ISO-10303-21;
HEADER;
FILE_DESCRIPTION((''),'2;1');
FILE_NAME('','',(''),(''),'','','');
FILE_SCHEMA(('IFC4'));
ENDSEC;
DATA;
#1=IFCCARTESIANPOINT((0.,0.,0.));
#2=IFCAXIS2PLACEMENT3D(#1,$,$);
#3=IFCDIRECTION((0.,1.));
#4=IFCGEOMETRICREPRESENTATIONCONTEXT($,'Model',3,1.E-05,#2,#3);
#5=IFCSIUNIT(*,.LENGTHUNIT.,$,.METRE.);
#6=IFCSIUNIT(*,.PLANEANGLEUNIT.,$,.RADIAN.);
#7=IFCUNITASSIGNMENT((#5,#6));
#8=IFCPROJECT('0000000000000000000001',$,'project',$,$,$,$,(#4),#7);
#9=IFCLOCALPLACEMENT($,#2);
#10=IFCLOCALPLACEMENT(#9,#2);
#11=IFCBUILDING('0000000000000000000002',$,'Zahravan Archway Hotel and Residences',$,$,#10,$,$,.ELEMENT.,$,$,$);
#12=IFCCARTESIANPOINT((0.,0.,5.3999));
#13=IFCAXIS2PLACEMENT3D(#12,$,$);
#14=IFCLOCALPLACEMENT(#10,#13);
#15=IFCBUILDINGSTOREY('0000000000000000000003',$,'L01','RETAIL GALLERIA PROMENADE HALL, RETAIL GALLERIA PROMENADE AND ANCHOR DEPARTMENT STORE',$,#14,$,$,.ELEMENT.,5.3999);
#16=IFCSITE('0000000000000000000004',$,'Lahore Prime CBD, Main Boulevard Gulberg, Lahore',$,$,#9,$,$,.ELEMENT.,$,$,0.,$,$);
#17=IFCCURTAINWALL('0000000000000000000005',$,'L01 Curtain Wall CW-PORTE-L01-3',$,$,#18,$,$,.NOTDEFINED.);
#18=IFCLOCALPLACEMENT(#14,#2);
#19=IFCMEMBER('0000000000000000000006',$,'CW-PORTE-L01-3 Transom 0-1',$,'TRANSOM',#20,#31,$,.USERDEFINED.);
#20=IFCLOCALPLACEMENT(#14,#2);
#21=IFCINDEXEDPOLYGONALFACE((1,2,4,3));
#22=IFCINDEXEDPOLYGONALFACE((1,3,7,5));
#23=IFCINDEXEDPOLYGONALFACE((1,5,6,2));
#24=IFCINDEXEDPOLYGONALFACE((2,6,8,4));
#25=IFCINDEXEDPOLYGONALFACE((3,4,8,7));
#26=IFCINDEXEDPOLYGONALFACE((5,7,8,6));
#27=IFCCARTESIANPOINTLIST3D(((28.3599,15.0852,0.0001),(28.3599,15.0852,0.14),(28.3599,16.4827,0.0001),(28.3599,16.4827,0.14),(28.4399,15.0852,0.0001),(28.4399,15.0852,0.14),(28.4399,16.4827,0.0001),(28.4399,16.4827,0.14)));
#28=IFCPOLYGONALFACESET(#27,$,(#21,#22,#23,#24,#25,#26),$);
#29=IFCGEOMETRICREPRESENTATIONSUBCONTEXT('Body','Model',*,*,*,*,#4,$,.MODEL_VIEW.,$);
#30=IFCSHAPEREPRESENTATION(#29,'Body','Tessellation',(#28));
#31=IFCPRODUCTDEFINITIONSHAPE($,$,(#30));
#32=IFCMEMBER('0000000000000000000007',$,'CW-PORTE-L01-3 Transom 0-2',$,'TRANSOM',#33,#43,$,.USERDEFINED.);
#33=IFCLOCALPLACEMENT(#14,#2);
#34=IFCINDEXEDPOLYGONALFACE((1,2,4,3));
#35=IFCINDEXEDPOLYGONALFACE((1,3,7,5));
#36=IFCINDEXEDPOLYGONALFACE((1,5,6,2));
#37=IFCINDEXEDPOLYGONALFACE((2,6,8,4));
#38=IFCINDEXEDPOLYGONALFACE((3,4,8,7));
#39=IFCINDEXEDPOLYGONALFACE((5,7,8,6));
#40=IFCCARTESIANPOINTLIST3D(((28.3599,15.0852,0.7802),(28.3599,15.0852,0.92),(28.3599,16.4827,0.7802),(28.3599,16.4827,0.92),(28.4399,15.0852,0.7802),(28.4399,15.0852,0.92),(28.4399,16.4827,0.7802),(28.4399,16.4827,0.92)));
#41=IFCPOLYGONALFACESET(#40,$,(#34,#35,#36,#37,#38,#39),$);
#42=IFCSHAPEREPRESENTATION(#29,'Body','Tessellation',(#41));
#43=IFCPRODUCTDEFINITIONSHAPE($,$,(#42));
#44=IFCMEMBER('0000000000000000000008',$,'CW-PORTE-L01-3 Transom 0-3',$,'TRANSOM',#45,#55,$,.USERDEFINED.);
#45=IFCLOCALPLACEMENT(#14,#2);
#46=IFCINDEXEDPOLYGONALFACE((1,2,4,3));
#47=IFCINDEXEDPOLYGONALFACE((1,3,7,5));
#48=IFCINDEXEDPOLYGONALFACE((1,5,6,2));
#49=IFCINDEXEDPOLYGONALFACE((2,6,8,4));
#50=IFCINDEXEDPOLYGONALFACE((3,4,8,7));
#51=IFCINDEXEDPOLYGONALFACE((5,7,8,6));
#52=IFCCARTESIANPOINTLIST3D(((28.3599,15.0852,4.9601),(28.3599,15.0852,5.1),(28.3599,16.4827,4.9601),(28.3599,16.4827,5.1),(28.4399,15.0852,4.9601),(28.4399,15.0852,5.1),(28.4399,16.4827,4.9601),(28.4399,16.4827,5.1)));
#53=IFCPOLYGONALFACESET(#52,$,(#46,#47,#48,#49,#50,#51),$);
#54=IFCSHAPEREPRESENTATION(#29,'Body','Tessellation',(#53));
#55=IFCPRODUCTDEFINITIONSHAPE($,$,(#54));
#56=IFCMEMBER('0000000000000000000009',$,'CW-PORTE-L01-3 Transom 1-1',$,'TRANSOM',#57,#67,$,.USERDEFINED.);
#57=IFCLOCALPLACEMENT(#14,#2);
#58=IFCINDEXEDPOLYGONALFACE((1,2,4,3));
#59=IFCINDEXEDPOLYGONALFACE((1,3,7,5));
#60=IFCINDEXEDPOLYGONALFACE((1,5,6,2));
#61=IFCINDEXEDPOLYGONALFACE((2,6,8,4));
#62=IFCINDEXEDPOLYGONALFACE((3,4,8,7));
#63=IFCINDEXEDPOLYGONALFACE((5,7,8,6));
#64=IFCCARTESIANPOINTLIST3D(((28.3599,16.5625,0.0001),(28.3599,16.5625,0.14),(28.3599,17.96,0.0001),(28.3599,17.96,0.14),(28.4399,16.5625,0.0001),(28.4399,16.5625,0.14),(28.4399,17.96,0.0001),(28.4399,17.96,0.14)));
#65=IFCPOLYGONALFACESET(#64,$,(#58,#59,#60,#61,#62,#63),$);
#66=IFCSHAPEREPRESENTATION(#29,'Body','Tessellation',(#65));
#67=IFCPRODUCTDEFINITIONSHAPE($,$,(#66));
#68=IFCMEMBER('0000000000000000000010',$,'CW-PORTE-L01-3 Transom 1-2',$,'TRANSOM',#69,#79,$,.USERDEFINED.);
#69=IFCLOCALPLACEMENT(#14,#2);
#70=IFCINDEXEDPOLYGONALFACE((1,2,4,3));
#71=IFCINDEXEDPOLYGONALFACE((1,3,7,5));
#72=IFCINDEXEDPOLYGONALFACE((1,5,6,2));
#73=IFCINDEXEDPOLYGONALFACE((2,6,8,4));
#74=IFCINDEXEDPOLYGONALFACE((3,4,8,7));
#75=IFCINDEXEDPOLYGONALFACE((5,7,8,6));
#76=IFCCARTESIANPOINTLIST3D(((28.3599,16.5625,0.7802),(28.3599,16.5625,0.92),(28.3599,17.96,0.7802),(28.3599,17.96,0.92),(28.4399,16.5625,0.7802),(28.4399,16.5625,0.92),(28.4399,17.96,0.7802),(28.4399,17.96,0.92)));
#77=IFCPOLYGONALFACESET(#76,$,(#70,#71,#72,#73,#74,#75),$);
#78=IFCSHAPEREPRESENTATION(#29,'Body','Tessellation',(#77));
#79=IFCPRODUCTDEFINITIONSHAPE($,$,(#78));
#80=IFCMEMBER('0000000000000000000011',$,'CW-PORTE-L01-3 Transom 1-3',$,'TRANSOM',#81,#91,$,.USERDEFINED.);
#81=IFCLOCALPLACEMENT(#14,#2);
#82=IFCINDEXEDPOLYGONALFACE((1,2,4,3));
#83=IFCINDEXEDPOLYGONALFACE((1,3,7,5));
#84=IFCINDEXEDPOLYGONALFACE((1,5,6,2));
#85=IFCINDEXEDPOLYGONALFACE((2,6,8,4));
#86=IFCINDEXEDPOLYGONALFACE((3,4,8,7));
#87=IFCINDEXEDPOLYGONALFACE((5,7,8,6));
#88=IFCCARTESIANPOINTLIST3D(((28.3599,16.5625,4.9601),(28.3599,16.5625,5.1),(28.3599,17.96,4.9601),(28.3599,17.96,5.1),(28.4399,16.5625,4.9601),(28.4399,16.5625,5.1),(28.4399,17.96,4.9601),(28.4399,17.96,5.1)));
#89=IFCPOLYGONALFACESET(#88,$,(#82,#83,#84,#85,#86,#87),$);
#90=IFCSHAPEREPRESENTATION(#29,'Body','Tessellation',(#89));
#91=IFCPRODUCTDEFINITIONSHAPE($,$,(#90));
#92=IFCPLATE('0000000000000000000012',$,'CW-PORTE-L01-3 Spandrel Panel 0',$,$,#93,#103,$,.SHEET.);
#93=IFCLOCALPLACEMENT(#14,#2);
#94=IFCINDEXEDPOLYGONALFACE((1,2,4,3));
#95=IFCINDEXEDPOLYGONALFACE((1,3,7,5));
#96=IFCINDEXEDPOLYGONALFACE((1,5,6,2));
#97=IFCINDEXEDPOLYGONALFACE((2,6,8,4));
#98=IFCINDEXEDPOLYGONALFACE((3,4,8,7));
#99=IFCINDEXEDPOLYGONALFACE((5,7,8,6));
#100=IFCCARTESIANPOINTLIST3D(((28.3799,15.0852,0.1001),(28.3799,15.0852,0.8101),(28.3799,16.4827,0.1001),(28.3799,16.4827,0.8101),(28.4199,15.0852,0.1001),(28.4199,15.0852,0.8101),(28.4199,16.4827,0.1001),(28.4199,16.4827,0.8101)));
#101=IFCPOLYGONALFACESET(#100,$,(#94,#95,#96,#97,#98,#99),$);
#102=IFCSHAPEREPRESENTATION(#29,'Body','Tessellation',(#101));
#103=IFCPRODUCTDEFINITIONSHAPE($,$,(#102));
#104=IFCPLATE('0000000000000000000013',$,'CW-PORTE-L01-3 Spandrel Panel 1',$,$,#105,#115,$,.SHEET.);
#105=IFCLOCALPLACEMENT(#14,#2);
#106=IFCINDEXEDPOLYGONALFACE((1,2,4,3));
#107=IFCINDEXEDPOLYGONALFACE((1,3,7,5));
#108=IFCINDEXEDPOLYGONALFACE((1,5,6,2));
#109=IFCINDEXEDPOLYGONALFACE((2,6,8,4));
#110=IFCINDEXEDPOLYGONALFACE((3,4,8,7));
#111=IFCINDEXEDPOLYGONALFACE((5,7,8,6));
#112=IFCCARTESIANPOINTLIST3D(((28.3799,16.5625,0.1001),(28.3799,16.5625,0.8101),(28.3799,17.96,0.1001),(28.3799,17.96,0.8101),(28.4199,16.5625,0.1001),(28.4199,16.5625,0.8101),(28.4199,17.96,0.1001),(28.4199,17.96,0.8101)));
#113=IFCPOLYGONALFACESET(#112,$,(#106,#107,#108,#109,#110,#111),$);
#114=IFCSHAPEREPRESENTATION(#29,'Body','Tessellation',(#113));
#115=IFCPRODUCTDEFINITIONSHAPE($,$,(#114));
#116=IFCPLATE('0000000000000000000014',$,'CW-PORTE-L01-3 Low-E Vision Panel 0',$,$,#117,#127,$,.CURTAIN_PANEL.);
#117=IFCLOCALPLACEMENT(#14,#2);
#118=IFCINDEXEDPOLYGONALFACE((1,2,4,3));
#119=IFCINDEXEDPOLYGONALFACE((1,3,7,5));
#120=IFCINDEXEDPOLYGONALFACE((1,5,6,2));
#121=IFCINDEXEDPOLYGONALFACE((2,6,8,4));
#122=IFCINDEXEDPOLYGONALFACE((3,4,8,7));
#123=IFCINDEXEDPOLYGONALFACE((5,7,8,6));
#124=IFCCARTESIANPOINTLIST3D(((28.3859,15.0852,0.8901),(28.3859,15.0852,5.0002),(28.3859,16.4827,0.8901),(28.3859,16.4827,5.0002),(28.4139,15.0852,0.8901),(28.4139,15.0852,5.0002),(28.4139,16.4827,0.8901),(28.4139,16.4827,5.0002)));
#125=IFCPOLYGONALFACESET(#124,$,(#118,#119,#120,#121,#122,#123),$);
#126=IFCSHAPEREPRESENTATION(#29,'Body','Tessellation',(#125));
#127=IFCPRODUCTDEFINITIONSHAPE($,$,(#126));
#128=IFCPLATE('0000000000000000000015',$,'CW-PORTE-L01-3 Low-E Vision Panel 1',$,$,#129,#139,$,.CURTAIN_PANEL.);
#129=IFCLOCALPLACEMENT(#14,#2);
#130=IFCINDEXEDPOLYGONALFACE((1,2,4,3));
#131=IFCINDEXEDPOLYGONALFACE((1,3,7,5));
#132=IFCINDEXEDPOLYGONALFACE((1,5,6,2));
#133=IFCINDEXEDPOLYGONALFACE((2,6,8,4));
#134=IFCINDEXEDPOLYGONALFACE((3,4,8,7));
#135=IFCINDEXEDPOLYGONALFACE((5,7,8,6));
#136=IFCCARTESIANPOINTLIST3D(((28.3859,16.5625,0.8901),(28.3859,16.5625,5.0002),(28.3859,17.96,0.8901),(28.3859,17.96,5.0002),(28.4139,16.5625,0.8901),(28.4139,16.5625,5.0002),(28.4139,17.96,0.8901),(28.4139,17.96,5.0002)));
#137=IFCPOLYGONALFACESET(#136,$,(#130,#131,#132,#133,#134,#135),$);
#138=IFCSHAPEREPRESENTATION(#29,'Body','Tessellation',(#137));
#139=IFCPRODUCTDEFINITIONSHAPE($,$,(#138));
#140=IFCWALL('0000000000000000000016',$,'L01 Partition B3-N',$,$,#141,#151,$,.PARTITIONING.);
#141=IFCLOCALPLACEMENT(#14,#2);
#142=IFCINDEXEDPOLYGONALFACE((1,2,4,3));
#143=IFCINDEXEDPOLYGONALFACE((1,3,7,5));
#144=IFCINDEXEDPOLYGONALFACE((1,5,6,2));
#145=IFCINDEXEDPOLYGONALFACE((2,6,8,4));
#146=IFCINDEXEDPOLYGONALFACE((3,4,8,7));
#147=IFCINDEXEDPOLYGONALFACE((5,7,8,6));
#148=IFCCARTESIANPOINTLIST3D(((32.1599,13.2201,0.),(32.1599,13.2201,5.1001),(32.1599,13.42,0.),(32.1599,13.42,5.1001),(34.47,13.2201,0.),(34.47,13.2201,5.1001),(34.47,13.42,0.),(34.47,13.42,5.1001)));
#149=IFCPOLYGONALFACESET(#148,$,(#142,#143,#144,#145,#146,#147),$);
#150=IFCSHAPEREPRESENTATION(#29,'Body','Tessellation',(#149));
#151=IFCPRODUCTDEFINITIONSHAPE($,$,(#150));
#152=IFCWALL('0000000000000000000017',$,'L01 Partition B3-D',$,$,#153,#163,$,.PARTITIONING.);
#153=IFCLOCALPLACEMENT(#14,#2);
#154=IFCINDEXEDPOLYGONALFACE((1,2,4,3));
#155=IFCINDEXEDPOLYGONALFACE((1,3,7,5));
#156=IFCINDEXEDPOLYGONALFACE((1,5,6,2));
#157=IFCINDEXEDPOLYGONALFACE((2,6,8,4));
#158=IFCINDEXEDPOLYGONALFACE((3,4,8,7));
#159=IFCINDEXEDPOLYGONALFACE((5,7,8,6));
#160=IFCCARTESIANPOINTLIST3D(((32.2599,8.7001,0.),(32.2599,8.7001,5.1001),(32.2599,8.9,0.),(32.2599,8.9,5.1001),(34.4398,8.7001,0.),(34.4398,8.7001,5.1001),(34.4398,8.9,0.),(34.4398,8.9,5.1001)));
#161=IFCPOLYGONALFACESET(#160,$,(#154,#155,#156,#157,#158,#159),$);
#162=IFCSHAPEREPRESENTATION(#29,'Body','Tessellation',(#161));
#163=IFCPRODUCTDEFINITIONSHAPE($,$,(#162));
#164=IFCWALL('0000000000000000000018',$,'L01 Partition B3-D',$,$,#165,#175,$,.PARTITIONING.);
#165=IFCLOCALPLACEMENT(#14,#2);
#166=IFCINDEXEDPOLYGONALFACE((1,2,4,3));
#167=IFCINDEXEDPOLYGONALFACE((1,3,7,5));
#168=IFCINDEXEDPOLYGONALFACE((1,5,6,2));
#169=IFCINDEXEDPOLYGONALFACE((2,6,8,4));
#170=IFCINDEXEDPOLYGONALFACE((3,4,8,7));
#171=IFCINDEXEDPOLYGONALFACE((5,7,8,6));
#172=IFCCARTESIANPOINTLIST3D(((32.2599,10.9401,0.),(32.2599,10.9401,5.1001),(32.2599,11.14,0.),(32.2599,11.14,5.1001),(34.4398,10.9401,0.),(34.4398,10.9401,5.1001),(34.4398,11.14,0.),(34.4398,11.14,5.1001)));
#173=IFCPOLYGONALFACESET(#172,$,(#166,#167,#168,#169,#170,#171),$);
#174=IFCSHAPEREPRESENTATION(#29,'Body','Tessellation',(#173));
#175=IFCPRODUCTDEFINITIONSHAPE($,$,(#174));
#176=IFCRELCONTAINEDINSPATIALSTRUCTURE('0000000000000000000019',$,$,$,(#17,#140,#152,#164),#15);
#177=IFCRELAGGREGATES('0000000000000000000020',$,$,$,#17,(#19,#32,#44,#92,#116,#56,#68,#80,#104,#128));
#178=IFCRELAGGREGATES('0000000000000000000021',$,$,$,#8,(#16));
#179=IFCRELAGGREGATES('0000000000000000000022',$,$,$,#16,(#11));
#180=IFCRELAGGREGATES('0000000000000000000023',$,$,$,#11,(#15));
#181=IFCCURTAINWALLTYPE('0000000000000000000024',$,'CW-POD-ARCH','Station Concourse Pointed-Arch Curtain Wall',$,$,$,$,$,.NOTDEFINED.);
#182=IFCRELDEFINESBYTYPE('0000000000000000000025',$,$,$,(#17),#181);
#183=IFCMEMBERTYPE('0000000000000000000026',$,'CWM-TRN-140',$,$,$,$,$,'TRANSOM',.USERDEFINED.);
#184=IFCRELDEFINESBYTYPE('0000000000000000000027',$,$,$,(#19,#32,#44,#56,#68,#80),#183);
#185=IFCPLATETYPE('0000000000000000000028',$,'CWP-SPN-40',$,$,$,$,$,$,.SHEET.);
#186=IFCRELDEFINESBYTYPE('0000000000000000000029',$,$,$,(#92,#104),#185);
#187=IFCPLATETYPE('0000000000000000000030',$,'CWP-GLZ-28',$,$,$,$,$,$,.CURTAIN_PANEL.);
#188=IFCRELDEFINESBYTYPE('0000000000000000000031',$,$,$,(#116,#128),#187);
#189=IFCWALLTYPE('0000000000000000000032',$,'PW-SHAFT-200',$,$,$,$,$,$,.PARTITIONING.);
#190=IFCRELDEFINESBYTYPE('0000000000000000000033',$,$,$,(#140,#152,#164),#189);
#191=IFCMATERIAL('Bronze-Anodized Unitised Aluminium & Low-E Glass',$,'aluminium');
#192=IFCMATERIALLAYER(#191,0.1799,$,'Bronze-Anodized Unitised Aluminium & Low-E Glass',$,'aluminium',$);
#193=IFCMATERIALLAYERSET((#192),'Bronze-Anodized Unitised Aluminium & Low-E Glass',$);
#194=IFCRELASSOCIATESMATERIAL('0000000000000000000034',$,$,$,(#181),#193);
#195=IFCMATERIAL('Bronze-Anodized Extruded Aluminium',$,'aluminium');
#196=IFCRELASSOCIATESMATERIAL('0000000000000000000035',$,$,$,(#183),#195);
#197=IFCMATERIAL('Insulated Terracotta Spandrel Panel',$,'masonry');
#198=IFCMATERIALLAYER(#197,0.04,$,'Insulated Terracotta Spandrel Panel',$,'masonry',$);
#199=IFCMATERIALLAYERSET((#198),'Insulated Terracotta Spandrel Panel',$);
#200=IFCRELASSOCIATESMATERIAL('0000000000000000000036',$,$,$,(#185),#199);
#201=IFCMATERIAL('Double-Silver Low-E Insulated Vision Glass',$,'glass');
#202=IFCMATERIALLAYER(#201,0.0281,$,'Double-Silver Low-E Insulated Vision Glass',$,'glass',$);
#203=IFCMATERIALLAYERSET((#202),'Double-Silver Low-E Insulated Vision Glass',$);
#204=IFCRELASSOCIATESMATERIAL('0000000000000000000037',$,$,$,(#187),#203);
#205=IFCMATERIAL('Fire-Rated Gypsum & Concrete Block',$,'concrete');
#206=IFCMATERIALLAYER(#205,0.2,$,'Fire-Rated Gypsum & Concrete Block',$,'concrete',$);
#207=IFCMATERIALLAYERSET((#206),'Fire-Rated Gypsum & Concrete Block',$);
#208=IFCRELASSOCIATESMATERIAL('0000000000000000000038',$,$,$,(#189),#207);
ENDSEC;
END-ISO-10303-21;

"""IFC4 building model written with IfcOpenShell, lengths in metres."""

from ifc_helpers import new_model, si_unit, direction, frame, frame_2d, origin, origin_2d, place, context, subcontext, project, spatial, rectangle, extrude, source, transform, mapped, material, layer, layer_set, material_profile, profile_set, type_object, element, aggregate, save


model = new_model("IFC4")

# Units and contexts
model_context = context("Model", 3, precision=1e-05, world=origin(), true_north=direction((0.0, 1.0)))
body_context = subcontext(model_context, "Body", "Model", "MODEL_VIEW")
ifc_project = project(units=[si_unit("LENGTHUNIT", "METRE"), si_unit("PLANEANGLEUNIT", "RADIAN")], contexts=[model_context])

# Site, building, storey
site_placement = place(None, origin())
site = spatial("IfcSite", under=ifc_project, at=site_placement, Name="Lahore Prime CBD, Main Boulevard Gulberg, Lahore", CompositionType="ELEMENT", RefElevation=0.0)
building_placement = place(site_placement, origin())
building = spatial("IfcBuilding", under=site, at=building_placement, Name="Zahravan Archway Hotel and Residences", CompositionType="ELEMENT")
storey_placement = place(building_placement, frame((0.0, 0.0, 5.3999)))
storey = spatial("IfcBuildingStorey", under=building, at=storey_placement, Name="L01", Description="RETAIL GALLERIA PROMENADE HALL, RETAIL GALLERIA PROMENADE AND ANCHOR DEPARTMENT STORE", CompositionType="ELEMENT", Elevation=5.3999)

# Curtain wall, members, plates
ifc_material_1 = material(Name="Bronze-Anodized Unitised Aluminium & Low-E Glass", Category="aluminium")
ifc_layer_1 = layer(ifc_material_1, 0.1799, Name="Bronze-Anodized Unitised Aluminium & Low-E Glass", Category="aluminium")
ifc_layer_set_1 = layer_set([ifc_layer_1], Name="Bronze-Anodized Unitised Aluminium & Low-E Glass")
curtain_wall_type = type_object("IfcCurtainWallType", Name="CW-POD-ARCH", Description="Station Concourse Pointed-Arch Curtain Wall", PredefinedType="NOTDEFINED", material=ifc_layer_set_1)
curtain_wall_placement = place(storey_placement, origin())
curtain_wall = element("IfcCurtainWall", 1, at=curtain_wall_placement, inside=storey, type_object=curtain_wall_type, Name="L01 Curtain Wall CW-PORTE-L01-3", PredefinedType="NOTDEFINED")
ifc_material_2 = material(Name="Bronze-Anodized Extruded Aluminium", Category="aluminium")
ifc_material_profile_1 = material_profile(ifc_material_2, rectangle(XDim=0.0801, YDim=0.1399, at=origin_2d()), Name="TRN 80x140", Category="aluminium")
ifc_profile_set_1 = profile_set([ifc_material_profile_1], Name="Bronze-Anodized Extruded Aluminium")
member_type_1 = type_object("IfcMemberType", Name="CWM-TRN-140", ElementType="TRANSOM", PredefinedType="USERDEFINED", material=ifc_profile_set_1)
shared_shape_1 = source(origin(), body_context, "Body", "SweptSolid", [
    extrude(rectangle(XDim=0.0801, YDim=0.1399, at=origin_2d()), origin(), (0.0, 0.0, 1.0), 1.3975),
])
member_1_placement = place(storey_placement, frame((28.3999, 15.0852, 0.0701), z_axis=(0.0, 1.0, 0.0), x_axis=(-1.0, 0.0, 0.0)))
member_1 = element("IfcMember", 2, at=member_1_placement, type_object=member_type_1, Name="CW-PORTE-L01-3 Transom 0-1", ObjectType="TRANSOM", PredefinedType="USERDEFINED", context=body_context, shape_type="MappedRepresentation", body=[
    mapped(shared_shape_1, transform((0.0, 0.0, 0.0), scale=1.0)),
])
member_2_placement = place(storey_placement, frame((28.3999, 15.0852, 0.8501), z_axis=(0.0, 1.0, 0.0), x_axis=(-1.0, 0.0, 0.0)))
member_2 = element("IfcMember", 3, at=member_2_placement, type_object=member_type_1, Name="CW-PORTE-L01-3 Transom 0-2", ObjectType="TRANSOM", PredefinedType="USERDEFINED", context=body_context, shape_type="MappedRepresentation", body=[
    mapped(shared_shape_1, transform((0.0, 0.0, 0.0), scale=1.0)),
])
member_3_placement = place(storey_placement, frame((28.3999, 15.0852, 5.03), z_axis=(0.0, 1.0, 0.0), x_axis=(-1.0, 0.0, 0.0)))
member_3 = element("IfcMember", 4, at=member_3_placement, type_object=member_type_1, Name="CW-PORTE-L01-3 Transom 0-3", ObjectType="TRANSOM", PredefinedType="USERDEFINED", context=body_context, shape_type="MappedRepresentation", body=[
    mapped(shared_shape_1, transform((0.0, 0.0, 0.0), scale=1.0)),
])
member_4_placement = place(storey_placement, frame((28.3999, 16.5625, 0.0701), z_axis=(0.0, 1.0, 0.0), x_axis=(-1.0, 0.0, 0.0)))
member_4 = element("IfcMember", 5, at=member_4_placement, type_object=member_type_1, Name="CW-PORTE-L01-3 Transom 1-1", ObjectType="TRANSOM", PredefinedType="USERDEFINED", context=body_context, shape_type="MappedRepresentation", body=[
    mapped(shared_shape_1, transform((0.0, 0.0, 0.0), scale=1.0)),
])
member_5_placement = place(storey_placement, frame((28.3999, 16.5625, 0.8501), z_axis=(0.0, 1.0, 0.0), x_axis=(-1.0, 0.0, 0.0)))
member_5 = element("IfcMember", 6, at=member_5_placement, type_object=member_type_1, Name="CW-PORTE-L01-3 Transom 1-2", ObjectType="TRANSOM", PredefinedType="USERDEFINED", context=body_context, shape_type="MappedRepresentation", body=[
    mapped(shared_shape_1, transform((0.0, 0.0, 0.0), scale=1.0)),
])
member_6_placement = place(storey_placement, frame((28.3999, 16.5625, 5.03), z_axis=(0.0, 1.0, 0.0), x_axis=(-1.0, 0.0, 0.0)))
member_6 = element("IfcMember", 7, at=member_6_placement, type_object=member_type_1, Name="CW-PORTE-L01-3 Transom 1-3", ObjectType="TRANSOM", PredefinedType="USERDEFINED", context=body_context, shape_type="MappedRepresentation", body=[
    mapped(shared_shape_1, transform((0.0, 0.0, 0.0), scale=1.0)),
])
ifc_material_3 = material(Name="Insulated Terracotta Spandrel Panel", Category="masonry")
ifc_layer_2 = layer(ifc_material_3, 0.04, Name="Insulated Terracotta Spandrel Panel", Category="masonry")
ifc_layer_set_2 = layer_set([ifc_layer_2], Name="Insulated Terracotta Spandrel Panel")
plate_type_1 = type_object("IfcPlateType", Name="CWP-SPN-40", PredefinedType="SHEET", material=ifc_layer_set_2)
shared_shape_2 = source(origin(), body_context, "Body", "SweptSolid", [
    extrude(rectangle(XDim=1.3975, YDim=0.04, at=origin_2d()), origin(), (0.0, 0.0, 1.0), 0.71),
])
plate_1_placement = place(storey_placement, frame((28.3999, 15.7839, 0.1001), z_axis=(0.0, 0.0, 1.0), x_axis=(0.0, 1.0, 0.0)))
plate_1 = element("IfcPlate", 8, at=plate_1_placement, type_object=plate_type_1, Name="CW-PORTE-L01-3 Spandrel Panel 0", PredefinedType="SHEET", context=body_context, shape_type="MappedRepresentation", body=[
    mapped(shared_shape_2, transform((0.0, 0.0, 0.0), scale=1.0)),
])
plate_2_placement = place(storey_placement, frame((28.3999, 17.2612, 0.1001), z_axis=(0.0, 0.0, 1.0), x_axis=(0.0, 1.0, 0.0)))
plate_2 = element("IfcPlate", 9, at=plate_2_placement, type_object=plate_type_1, Name="CW-PORTE-L01-3 Spandrel Panel 1", PredefinedType="SHEET", context=body_context, shape_type="MappedRepresentation", body=[
    mapped(shared_shape_2, transform((0.0, 0.0, 0.0), scale=1.0)),
])
ifc_material_4 = material(Name="Double-Silver Low-E Insulated Vision Glass", Category="glass")
ifc_layer_3 = layer(ifc_material_4, 0.0281, Name="Double-Silver Low-E Insulated Vision Glass", Category="glass")
ifc_layer_set_3 = layer_set([ifc_layer_3], Name="Double-Silver Low-E Insulated Vision Glass")
plate_type_2 = type_object("IfcPlateType", Name="CWP-GLZ-28", PredefinedType="CURTAIN_PANEL", material=ifc_layer_set_3)
shared_shape_3 = source(origin(), body_context, "Body", "SweptSolid", [
    extrude(rectangle(XDim=1.3975, YDim=0.0281, at=origin_2d()), origin(), (0.0, 0.0, 1.0), 4.1101),
])
plate_3_placement = place(storey_placement, frame((28.3999, 15.7839, 0.8901), z_axis=(0.0, 0.0, 1.0), x_axis=(0.0, 1.0, 0.0)))
plate_3 = element("IfcPlate", 10, at=plate_3_placement, type_object=plate_type_2, Name="CW-PORTE-L01-3 Low-E Vision Panel 0", PredefinedType="CURTAIN_PANEL", context=body_context, shape_type="MappedRepresentation", body=[
    mapped(shared_shape_3, transform((0.0, 0.0, 0.0), scale=1.0)),
])
plate_4_placement = place(storey_placement, frame((28.3999, 17.2612, 0.8901), z_axis=(0.0, 0.0, 1.0), x_axis=(0.0, 1.0, 0.0)))
plate_4 = element("IfcPlate", 11, at=plate_4_placement, type_object=plate_type_2, Name="CW-PORTE-L01-3 Low-E Vision Panel 1", PredefinedType="CURTAIN_PANEL", context=body_context, shape_type="MappedRepresentation", body=[
    mapped(shared_shape_3, transform((0.0, 0.0, 0.0), scale=1.0)),
])
aggregate(curtain_wall, [member_1, member_2, member_3, plate_1, plate_3, member_4, member_5, member_6, plate_2, plate_4])

# Walls
ifc_material_5 = material(Name="Fire-Rated Gypsum & Concrete Block", Category="concrete")
ifc_layer_4 = layer(ifc_material_5, 0.2, Name="Fire-Rated Gypsum & Concrete Block", Category="concrete")
ifc_layer_set_4 = layer_set([ifc_layer_4], Name="Fire-Rated Gypsum & Concrete Block")
wall_type_1 = type_object("IfcWallType", Name="PW-SHAFT-200", PredefinedType="PARTITIONING", material=ifc_layer_set_4)
wall_1_placement = place(storey_placement, frame((32.1599, 13.3201, 0.0), z_axis=(0.0, 0.0, 1.0), x_axis=(1.0, 0.0, 0.0)))
element("IfcWall", 12, at=wall_1_placement, inside=storey, type_object=wall_type_1, Name="L01 Partition B3-N", PredefinedType="PARTITIONING", context=body_context, shape_type="SweptSolid", body=[
    extrude(rectangle(XDim=2.3101, YDim=0.2, at=frame_2d((1.155, 0.0))), origin(), (0.0, 0.0, 1.0), 5.1001),
])
for number, where, z_axis, x_axis, name in (
    (13, (32.26, 8.8, 0.0), (0.0, 0.0, 1.0), (1.0, 0.0, 0.0), "L01 Partition B3-D"),
    (14, (32.26, 11.04, 0.0), (0.0, 0.0, 1.0), (1.0, 0.0, 0.0), "L01 Partition B3-D"),
):
    element("IfcWall", number, at=place(storey_placement, frame(where, z_axis=z_axis, x_axis=x_axis)), inside=storey, type_object=wall_type_1, Name=name, PredefinedType="PARTITIONING", context=body_context, shape_type="SweptSolid", body=[
        extrude(rectangle(XDim=2.1799, YDim=0.2, at=frame_2d((1.0898, 0.0))), origin(), (0.0, 0.0, 1.0), 5.1001),
    ])

save(model, "model.ifc")
